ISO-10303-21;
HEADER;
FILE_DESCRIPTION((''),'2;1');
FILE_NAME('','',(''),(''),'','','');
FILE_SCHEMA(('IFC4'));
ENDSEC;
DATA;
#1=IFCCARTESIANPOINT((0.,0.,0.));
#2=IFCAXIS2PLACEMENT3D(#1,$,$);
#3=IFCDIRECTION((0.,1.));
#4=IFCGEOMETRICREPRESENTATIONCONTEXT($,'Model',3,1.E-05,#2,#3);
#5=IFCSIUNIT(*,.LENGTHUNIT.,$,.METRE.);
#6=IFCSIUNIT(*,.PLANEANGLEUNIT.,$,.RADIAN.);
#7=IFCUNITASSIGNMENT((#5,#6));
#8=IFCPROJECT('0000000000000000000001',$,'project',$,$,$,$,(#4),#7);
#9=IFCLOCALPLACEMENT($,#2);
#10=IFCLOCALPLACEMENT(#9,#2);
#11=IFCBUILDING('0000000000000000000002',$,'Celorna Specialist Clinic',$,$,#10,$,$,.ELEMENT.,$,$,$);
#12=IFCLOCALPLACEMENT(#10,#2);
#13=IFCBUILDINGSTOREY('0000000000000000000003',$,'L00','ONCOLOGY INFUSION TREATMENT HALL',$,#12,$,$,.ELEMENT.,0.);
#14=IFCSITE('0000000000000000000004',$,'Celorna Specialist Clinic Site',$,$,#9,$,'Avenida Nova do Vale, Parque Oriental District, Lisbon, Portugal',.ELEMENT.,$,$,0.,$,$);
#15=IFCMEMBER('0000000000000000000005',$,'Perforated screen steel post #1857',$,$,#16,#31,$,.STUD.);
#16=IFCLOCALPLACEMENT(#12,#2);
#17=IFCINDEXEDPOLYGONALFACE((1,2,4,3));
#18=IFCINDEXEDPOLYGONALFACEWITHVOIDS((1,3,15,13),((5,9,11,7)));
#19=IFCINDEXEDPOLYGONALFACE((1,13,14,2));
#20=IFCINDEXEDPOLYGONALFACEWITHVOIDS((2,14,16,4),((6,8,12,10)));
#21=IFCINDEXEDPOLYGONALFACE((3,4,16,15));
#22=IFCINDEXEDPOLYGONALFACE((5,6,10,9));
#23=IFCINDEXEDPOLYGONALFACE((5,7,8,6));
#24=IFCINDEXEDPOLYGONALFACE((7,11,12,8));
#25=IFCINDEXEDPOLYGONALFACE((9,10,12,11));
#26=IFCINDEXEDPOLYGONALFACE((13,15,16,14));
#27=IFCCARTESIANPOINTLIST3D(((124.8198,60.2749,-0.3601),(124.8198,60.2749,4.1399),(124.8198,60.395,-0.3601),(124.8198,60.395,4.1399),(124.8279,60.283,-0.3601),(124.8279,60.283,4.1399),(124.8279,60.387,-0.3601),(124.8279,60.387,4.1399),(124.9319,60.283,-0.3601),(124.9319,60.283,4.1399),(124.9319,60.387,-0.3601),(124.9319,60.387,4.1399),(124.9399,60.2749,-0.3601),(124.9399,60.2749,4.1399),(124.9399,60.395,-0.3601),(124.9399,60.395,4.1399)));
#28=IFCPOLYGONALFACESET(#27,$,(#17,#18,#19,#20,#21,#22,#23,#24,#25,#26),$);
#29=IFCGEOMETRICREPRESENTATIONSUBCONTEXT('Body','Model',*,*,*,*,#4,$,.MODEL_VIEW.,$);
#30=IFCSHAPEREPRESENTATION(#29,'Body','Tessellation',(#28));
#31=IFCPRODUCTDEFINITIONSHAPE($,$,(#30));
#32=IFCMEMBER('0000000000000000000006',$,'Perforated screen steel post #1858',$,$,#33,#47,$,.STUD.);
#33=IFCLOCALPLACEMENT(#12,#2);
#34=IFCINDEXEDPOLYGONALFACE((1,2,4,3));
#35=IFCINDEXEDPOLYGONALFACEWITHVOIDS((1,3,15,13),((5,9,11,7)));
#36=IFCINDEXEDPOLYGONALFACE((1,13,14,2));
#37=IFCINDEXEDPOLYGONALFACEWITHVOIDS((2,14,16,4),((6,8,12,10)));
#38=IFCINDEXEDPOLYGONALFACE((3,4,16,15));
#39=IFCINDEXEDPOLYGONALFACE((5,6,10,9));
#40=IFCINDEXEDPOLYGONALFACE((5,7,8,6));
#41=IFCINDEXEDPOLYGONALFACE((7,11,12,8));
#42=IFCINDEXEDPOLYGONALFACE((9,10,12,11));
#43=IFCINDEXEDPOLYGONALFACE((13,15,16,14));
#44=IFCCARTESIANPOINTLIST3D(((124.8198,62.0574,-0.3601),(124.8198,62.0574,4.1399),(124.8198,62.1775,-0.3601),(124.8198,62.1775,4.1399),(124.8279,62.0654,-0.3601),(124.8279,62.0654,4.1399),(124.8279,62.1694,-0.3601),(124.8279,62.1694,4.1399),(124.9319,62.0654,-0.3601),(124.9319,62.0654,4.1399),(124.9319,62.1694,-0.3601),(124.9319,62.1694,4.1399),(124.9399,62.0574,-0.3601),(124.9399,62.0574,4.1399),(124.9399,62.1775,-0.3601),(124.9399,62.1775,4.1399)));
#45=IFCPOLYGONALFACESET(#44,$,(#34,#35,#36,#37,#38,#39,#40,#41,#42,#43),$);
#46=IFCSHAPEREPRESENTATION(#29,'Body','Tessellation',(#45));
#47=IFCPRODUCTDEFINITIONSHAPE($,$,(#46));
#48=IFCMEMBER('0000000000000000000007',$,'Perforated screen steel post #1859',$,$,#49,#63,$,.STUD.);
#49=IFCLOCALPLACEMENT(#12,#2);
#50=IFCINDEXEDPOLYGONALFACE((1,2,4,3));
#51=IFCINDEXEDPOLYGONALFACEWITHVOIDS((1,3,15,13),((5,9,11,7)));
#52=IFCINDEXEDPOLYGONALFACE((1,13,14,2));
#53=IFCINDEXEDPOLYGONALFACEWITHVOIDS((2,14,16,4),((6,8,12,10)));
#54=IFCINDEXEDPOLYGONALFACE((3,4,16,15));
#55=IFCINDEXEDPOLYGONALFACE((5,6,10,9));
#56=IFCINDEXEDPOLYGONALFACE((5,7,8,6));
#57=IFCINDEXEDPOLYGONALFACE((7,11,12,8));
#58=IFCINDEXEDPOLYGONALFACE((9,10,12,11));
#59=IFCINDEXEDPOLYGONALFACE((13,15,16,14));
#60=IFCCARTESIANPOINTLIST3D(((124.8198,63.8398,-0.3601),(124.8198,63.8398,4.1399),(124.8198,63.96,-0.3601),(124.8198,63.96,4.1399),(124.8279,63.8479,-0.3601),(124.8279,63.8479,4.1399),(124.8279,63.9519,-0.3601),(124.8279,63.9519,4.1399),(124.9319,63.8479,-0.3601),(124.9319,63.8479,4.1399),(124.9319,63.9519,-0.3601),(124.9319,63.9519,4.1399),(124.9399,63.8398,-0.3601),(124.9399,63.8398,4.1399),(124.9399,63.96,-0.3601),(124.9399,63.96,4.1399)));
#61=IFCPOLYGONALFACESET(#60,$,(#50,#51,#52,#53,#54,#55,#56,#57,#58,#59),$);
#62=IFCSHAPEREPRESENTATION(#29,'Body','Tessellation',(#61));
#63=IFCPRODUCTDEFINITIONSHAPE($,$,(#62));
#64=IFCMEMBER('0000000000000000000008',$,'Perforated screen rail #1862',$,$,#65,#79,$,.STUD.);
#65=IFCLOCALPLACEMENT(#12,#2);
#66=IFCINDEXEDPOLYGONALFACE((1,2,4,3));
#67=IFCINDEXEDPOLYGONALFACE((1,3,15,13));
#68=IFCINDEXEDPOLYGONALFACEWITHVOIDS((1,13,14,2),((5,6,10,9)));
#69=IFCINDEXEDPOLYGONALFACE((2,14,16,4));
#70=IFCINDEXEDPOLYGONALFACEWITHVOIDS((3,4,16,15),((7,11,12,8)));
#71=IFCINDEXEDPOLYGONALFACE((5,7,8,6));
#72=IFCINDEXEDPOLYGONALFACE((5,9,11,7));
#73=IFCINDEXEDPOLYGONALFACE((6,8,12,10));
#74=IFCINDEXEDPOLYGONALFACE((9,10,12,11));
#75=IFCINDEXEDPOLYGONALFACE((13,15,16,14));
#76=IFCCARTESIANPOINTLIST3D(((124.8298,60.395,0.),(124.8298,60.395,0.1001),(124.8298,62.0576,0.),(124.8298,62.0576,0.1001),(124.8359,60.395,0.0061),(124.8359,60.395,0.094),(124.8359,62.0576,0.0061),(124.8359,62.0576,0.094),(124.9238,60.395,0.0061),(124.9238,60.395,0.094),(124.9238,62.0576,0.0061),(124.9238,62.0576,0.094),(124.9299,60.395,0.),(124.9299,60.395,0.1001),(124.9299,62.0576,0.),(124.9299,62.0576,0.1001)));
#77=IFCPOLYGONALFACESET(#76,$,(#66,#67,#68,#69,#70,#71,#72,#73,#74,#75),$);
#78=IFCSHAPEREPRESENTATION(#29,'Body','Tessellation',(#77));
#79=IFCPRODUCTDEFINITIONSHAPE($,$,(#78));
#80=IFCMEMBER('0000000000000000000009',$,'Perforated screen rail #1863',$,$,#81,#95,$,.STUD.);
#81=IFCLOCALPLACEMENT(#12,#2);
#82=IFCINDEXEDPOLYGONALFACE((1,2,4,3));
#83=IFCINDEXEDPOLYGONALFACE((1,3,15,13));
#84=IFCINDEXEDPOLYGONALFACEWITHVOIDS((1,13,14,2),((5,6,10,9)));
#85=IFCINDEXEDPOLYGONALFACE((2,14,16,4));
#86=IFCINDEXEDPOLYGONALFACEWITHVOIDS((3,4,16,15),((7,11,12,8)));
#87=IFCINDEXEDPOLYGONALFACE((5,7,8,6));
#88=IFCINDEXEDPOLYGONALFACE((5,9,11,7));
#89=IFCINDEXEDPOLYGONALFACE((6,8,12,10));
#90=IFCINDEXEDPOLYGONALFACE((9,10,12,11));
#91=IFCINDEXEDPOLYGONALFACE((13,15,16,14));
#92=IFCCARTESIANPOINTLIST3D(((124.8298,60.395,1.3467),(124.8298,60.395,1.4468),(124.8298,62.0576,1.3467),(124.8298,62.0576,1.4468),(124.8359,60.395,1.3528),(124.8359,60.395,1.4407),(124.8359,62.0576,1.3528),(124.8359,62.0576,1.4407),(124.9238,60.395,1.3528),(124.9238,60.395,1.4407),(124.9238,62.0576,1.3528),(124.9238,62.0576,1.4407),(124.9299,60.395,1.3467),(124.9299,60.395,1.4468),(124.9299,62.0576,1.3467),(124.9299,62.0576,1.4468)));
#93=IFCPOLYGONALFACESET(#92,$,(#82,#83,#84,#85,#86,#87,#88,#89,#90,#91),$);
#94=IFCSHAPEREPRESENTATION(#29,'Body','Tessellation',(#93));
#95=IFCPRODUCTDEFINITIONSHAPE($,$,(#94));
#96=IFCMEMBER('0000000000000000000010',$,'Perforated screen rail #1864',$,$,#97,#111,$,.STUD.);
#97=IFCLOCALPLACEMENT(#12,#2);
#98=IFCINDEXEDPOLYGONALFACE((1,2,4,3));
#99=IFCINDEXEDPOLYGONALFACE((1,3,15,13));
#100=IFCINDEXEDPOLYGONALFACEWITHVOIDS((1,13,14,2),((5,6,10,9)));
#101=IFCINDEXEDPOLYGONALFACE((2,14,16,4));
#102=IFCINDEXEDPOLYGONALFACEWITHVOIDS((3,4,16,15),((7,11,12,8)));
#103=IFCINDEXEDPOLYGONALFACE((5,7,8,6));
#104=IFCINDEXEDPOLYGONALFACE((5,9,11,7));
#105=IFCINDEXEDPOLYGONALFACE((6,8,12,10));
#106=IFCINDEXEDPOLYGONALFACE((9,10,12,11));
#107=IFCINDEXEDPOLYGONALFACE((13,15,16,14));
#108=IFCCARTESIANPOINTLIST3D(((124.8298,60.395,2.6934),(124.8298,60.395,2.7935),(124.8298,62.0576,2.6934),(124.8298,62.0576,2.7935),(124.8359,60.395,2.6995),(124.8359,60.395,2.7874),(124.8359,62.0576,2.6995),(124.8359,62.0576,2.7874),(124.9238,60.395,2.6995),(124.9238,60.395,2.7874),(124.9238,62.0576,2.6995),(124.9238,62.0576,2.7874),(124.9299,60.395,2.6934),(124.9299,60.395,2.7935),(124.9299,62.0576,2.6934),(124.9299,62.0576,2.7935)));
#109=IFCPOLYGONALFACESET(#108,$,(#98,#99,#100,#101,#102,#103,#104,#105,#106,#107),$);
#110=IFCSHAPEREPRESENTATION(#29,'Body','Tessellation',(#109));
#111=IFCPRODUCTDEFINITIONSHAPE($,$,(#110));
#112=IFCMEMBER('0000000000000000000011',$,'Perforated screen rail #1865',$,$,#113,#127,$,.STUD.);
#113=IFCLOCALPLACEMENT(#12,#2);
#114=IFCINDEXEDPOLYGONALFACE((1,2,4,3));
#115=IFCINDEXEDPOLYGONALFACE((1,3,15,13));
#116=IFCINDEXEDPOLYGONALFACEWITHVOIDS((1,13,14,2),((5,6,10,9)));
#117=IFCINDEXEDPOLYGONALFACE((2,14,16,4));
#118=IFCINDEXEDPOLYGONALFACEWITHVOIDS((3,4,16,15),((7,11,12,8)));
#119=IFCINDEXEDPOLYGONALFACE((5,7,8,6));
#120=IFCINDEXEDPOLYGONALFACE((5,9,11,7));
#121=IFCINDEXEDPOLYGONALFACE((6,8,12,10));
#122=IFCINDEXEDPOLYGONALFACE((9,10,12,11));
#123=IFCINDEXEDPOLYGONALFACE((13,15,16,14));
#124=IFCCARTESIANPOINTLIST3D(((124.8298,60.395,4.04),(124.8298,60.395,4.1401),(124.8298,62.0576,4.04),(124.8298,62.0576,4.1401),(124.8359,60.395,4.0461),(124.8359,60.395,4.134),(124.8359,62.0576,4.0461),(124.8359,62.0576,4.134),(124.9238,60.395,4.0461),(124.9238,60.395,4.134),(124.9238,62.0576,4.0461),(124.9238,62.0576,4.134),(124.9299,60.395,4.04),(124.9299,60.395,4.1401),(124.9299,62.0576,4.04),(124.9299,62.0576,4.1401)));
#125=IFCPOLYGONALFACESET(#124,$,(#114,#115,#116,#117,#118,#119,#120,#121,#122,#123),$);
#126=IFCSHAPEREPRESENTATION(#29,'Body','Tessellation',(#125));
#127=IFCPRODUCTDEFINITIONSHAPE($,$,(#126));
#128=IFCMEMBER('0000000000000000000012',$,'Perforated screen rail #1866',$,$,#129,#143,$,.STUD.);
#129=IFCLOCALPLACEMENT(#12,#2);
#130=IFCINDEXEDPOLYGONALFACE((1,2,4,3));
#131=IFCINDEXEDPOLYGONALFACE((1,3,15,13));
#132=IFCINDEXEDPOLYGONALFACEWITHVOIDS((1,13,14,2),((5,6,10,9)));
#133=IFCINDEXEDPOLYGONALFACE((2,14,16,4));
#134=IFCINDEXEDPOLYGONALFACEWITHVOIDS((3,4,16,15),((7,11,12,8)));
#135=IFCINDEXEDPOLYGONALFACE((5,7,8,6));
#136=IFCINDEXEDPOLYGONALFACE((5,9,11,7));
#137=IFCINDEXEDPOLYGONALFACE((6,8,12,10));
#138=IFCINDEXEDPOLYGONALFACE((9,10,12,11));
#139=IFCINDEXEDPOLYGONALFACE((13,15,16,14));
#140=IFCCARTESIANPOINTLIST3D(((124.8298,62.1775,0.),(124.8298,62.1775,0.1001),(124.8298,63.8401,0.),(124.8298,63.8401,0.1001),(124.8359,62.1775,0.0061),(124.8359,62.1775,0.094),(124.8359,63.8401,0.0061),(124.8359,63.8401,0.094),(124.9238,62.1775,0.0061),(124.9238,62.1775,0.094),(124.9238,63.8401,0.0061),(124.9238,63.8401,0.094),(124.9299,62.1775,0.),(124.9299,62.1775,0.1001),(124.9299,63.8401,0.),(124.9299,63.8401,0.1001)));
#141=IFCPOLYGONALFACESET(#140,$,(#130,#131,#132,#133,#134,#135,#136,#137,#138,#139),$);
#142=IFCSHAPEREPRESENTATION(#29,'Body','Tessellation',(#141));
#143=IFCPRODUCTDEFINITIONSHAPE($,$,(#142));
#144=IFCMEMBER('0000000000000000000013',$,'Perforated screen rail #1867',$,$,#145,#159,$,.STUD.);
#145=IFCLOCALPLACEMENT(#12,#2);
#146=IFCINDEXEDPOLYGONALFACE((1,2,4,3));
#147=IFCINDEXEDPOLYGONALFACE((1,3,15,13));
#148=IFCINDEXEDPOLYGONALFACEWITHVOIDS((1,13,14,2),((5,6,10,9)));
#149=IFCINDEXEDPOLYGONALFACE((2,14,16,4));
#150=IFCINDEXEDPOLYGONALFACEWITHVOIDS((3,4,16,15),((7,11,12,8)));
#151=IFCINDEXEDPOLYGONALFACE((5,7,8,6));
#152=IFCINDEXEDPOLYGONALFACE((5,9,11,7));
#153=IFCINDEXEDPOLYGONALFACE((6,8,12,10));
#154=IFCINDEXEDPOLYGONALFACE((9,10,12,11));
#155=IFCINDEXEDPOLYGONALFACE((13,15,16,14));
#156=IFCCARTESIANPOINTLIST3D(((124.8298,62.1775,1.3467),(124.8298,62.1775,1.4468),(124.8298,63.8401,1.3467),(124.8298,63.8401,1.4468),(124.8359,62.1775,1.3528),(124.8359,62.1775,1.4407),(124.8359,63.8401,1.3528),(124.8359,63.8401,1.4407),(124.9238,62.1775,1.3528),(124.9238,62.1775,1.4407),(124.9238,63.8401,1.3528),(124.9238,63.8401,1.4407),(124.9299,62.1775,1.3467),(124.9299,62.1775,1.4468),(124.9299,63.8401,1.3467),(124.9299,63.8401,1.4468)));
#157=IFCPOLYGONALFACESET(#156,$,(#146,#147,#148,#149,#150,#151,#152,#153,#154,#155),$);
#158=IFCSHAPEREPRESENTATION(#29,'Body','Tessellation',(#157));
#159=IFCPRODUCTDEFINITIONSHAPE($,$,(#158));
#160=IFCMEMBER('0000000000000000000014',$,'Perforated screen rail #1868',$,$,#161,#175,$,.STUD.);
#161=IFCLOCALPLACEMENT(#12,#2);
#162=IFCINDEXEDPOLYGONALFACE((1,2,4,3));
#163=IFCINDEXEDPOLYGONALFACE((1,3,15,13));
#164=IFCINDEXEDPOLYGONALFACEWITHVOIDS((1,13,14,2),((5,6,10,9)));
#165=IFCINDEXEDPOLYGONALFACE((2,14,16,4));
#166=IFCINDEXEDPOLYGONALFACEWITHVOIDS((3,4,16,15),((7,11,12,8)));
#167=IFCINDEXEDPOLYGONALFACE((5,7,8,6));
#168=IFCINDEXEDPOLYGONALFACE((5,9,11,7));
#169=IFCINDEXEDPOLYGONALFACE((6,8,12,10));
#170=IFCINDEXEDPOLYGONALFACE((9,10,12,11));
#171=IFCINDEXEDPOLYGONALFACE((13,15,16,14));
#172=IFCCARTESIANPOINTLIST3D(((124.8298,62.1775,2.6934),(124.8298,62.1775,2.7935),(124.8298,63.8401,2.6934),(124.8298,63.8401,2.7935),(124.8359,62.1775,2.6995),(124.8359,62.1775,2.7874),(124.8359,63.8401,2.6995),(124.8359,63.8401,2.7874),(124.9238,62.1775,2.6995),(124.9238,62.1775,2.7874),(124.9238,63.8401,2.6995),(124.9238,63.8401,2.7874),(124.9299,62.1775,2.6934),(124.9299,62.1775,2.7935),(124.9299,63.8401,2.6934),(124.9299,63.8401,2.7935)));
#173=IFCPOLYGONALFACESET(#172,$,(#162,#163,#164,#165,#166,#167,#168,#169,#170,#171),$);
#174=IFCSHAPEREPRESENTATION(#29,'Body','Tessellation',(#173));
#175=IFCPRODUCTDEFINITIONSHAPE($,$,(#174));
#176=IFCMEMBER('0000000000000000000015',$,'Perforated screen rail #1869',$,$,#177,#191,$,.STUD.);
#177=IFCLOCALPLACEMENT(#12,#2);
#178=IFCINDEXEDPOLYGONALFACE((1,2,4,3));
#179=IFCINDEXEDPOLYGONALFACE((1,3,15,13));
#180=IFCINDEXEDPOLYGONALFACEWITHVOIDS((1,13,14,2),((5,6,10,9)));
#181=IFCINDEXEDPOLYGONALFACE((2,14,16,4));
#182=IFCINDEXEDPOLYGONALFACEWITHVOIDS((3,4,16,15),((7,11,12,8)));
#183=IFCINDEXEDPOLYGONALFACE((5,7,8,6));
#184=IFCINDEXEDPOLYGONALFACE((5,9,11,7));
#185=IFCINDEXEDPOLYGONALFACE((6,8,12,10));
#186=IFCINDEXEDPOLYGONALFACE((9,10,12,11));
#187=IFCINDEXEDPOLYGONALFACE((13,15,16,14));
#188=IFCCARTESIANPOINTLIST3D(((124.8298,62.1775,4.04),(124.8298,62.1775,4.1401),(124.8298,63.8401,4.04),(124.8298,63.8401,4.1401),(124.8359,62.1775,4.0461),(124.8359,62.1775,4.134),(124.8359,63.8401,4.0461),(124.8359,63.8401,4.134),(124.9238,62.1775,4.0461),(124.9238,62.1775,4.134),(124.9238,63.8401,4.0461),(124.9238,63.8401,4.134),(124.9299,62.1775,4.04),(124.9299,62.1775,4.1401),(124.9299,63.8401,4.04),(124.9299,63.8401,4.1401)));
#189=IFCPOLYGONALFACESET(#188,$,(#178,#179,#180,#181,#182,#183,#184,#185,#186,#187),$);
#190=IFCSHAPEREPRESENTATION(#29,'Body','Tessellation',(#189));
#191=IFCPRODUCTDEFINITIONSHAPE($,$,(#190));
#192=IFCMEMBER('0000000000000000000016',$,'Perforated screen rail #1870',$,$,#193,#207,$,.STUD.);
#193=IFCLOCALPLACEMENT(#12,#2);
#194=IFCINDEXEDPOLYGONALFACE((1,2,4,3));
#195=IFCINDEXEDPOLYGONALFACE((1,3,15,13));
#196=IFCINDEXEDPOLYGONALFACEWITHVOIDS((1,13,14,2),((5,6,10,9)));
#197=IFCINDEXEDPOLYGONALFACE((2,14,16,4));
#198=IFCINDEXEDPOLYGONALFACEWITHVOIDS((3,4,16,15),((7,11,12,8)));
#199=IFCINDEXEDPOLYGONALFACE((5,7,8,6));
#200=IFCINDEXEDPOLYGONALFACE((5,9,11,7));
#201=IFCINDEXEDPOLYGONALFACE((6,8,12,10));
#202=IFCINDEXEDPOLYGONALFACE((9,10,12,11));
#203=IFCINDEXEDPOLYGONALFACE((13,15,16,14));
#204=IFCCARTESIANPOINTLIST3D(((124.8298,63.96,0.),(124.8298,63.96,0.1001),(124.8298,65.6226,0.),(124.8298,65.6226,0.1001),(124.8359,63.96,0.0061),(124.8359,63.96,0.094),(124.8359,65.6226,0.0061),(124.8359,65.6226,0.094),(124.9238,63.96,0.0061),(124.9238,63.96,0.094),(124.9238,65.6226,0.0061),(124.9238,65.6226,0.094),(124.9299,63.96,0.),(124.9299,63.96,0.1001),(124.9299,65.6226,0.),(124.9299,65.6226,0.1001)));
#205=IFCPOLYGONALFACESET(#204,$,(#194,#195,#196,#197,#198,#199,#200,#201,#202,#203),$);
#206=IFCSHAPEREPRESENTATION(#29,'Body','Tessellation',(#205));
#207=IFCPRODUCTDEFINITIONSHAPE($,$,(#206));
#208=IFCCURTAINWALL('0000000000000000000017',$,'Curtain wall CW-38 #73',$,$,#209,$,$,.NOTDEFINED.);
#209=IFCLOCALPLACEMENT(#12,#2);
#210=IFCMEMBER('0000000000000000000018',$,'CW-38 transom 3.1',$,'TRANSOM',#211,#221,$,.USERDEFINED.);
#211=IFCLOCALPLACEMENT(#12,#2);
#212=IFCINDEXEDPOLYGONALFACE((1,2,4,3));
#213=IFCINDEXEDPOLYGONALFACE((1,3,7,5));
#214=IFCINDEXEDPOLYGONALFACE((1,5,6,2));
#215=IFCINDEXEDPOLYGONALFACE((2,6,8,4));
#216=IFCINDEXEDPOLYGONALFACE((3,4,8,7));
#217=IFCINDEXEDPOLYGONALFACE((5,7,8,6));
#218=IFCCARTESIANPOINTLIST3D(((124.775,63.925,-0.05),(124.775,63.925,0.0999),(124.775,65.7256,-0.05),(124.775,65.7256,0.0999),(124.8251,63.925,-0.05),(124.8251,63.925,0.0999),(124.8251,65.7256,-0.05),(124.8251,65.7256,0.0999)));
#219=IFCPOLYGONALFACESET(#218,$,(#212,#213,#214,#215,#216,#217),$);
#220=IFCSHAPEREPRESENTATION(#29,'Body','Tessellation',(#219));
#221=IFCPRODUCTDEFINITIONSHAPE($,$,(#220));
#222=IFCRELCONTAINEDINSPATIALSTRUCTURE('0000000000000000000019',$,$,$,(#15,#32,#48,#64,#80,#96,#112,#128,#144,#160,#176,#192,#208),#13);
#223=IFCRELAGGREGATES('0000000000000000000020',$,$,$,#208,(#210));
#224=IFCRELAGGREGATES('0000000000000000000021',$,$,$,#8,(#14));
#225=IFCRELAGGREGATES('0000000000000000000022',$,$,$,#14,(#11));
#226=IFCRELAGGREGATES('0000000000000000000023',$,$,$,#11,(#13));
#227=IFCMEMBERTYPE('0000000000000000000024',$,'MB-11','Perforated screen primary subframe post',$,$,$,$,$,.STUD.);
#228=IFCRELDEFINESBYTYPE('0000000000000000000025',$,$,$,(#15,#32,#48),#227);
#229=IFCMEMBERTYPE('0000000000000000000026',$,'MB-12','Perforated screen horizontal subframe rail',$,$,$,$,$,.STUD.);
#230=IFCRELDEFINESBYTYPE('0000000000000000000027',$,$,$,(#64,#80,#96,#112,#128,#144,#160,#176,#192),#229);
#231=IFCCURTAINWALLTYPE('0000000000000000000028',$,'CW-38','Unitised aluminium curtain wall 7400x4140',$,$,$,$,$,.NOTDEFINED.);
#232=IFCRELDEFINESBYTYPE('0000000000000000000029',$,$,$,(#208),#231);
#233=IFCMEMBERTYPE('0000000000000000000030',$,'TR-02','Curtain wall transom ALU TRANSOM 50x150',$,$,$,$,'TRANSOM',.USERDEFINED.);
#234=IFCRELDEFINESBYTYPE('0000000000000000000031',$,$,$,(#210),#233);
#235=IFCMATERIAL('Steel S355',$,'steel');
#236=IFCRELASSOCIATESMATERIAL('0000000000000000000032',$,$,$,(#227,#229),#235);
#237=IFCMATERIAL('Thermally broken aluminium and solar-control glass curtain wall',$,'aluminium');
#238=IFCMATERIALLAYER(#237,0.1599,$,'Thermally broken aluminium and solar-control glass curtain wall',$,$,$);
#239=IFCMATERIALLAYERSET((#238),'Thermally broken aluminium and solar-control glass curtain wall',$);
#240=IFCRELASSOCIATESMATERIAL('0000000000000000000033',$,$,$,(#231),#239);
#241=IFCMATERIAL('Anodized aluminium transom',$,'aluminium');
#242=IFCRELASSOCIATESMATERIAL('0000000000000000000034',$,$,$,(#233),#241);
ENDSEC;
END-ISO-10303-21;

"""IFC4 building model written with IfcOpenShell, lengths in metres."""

from ifc_helpers import new_model, si_unit, direction, frame, origin, origin_2d, place, context, subcontext, project, spatial, rectangle, hollow_rectangle, extrude, material, layer, layer_set, material_profile, profile_set, type_object, element, aggregate, save


model = new_model("IFC4")

# Units and contexts
model_context = context("Model", 3, precision=1e-05, world=origin(), true_north=direction((0.0, 1.0)))
body_context = subcontext(model_context, "Body", "Model", "MODEL_VIEW")
ifc_project = project(units=[si_unit("LENGTHUNIT", "METRE"), si_unit("PLANEANGLEUNIT", "RADIAN")], contexts=[model_context])

# Site, building, storey
site_placement = place(None, origin())
site = spatial("IfcSite", under=ifc_project, at=site_placement, Name="Celorna Specialist Clinic Site", LongName="Avenida Nova do Vale, Parque Oriental District, Lisbon, Portugal", CompositionType="ELEMENT", RefElevation=0.0)
building_placement = place(site_placement, origin())
building = spatial("IfcBuilding", under=site, at=building_placement, Name="Celorna Specialist Clinic", CompositionType="ELEMENT")
storey_placement = place(building_placement, origin())
storey = spatial("IfcBuildingStorey", under=building, at=storey_placement, Name="L00", Description="ONCOLOGY INFUSION TREATMENT HALL", CompositionType="ELEMENT", Elevation=0.0)

# Members
ifc_material_1 = material(Name="Steel S355", Category="steel")
ifc_material_profile_1 = material_profile(ifc_material_1, hollow_rectangle(XDim=0.1201, YDim=0.1201, WallThickness=0.0081, at=origin_2d()), Name="SHS 120x120x8")
ifc_profile_set_1 = profile_set([ifc_material_profile_1], Name="Steel S355")
member_type_1 = type_object("IfcMemberType", Name="MB-11", Description="Perforated screen primary subframe post", PredefinedType="STUD", material=ifc_profile_set_1)
for number, where, z_axis, x_axis, name in (
    (1, (124.8799, 60.335, -0.3601), (0.0, 0.0, 1.0), (1.0, 0.0, 0.0), "Perforated screen steel post #1857"),
    (2, (124.8799, 62.1174, -0.3601), (0.0, 0.0, 1.0), (1.0, 0.0, 0.0), "Perforated screen steel post #1858"),
    (3, (124.8799, 63.8999, -0.3601), (0.0, 0.0, 1.0), (1.0, 0.0, 0.0), "Perforated screen steel post #1859"),
):
    element("IfcMember", number, at=place(storey_placement, frame(where, z_axis=z_axis, x_axis=x_axis)), inside=storey, type_object=member_type_1, Name=name, PredefinedType="STUD", context=body_context, shape_type="SweptSolid", body=[
        extrude(hollow_rectangle(XDim=0.1201, YDim=0.1201, WallThickness=0.0081, at=origin_2d()), origin(), (0.0, 0.0, 1.0), 4.5),
    ])
ifc_material_profile_2 = material_profile(ifc_material_1, hollow_rectangle(XDim=0.1001, YDim=0.1001, WallThickness=0.0061, at=origin_2d()), Name="SHS 100x100x6")
ifc_profile_set_2 = profile_set([ifc_material_profile_2], Name="Steel S355")
member_type_2 = type_object("IfcMemberType", Name="MB-12", Description="Perforated screen horizontal subframe rail", PredefinedType="STUD", material=ifc_profile_set_2)
for number, where, z_axis, x_axis, name in (
    (4, (124.8799, 60.395, 0.05), (0.0, 1.0, 0.0), (-1.0, 0.0, 0.0), "Perforated screen rail #1862"),
    (5, (124.8799, 60.395, 1.3967), (0.0, 1.0, 0.0), (-1.0, 0.0, 0.0), "Perforated screen rail #1863"),
    (6, (124.8799, 60.395, 2.7434), (0.0, 1.0, 0.0), (-1.0, 0.0, 0.0), "Perforated screen rail #1864"),
    (7, (124.8799, 60.395, 4.0901), (0.0, 1.0, 0.0), (-1.0, 0.0, 0.0), "Perforated screen rail #1865"),
    (8, (124.8799, 62.1775, 0.05), (0.0, 1.0, 0.0), (-1.0, 0.0, 0.0), "Perforated screen rail #1866"),
    (9, (124.8799, 62.1775, 1.3967), (0.0, 1.0, 0.0), (-1.0, 0.0, 0.0), "Perforated screen rail #1867"),
    (10, (124.8799, 62.1775, 2.7434), (0.0, 1.0, 0.0), (-1.0, 0.0, 0.0), "Perforated screen rail #1868"),
    (11, (124.8799, 62.1775, 4.0901), (0.0, 1.0, 0.0), (-1.0, 0.0, 0.0), "Perforated screen rail #1869"),
    (12, (124.8799, 63.96, 0.05), (0.0, 1.0, 0.0), (-1.0, 0.0, 0.0), "Perforated screen rail #1870"),
):
    element("IfcMember", number, at=place(storey_placement, frame(where, z_axis=z_axis, x_axis=x_axis)), inside=storey, type_object=member_type_2, Name=name, PredefinedType="STUD", context=body_context, shape_type="SweptSolid", body=[
        extrude(hollow_rectangle(XDim=0.1001, YDim=0.1001, WallThickness=0.0061, at=origin_2d()), origin(), (0.0, 0.0, 1.0), 1.6626),
    ])

# Curtain wall, member
ifc_material_2 = material(Name="Thermally broken aluminium and solar-control glass curtain wall", Category="aluminium")
ifc_layer_1 = layer(ifc_material_2, 0.1599, Name="Thermally broken aluminium and solar-control glass curtain wall")
ifc_layer_set_1 = layer_set([ifc_layer_1], Name="Thermally broken aluminium and solar-control glass curtain wall")
curtain_wall_type = type_object("IfcCurtainWallType", Name="CW-38", Description="Unitised aluminium curtain wall 7400x4140", PredefinedType="NOTDEFINED", material=ifc_layer_set_1)
curtain_wall_placement = place(storey_placement, origin())
curtain_wall = element("IfcCurtainWall", 13, at=curtain_wall_placement, inside=storey, type_object=curtain_wall_type, Name="Curtain wall CW-38 #73", PredefinedType="NOTDEFINED")
ifc_material_3 = material(Name="Anodized aluminium transom", Category="aluminium")
ifc_material_profile_3 = material_profile(ifc_material_3, rectangle(XDim=0.05, YDim=0.1499, at=origin_2d()), Name="ALU TRANSOM 50x150")
ifc_profile_set_3 = profile_set([ifc_material_profile_3], Name="Anodized aluminium transom")
member_type_3 = type_object("IfcMemberType", Name="TR-02", Description="Curtain wall transom ALU TRANSOM 50x150", ElementType="TRANSOM", PredefinedType="USERDEFINED", material=ifc_profile_set_3)
member_1_placement = place(storey_placement, frame((124.8, 63.925, 0.0249), z_axis=(0.0, 1.0, 0.0), x_axis=(-1.0, 0.0, 0.0)))
member_1 = element("IfcMember", 14, at=member_1_placement, type_object=member_type_3, Name="CW-38 transom 3.1", ObjectType="TRANSOM", PredefinedType="USERDEFINED", context=body_context, shape_type="SweptSolid", body=[
    extrude(rectangle(XDim=0.05, YDim=0.1499, at=origin_2d()), origin(), (0.0, 0.0, 1.0), 1.8005),
])
aggregate(curtain_wall, [member_1])

save(model, "model.ifc")
